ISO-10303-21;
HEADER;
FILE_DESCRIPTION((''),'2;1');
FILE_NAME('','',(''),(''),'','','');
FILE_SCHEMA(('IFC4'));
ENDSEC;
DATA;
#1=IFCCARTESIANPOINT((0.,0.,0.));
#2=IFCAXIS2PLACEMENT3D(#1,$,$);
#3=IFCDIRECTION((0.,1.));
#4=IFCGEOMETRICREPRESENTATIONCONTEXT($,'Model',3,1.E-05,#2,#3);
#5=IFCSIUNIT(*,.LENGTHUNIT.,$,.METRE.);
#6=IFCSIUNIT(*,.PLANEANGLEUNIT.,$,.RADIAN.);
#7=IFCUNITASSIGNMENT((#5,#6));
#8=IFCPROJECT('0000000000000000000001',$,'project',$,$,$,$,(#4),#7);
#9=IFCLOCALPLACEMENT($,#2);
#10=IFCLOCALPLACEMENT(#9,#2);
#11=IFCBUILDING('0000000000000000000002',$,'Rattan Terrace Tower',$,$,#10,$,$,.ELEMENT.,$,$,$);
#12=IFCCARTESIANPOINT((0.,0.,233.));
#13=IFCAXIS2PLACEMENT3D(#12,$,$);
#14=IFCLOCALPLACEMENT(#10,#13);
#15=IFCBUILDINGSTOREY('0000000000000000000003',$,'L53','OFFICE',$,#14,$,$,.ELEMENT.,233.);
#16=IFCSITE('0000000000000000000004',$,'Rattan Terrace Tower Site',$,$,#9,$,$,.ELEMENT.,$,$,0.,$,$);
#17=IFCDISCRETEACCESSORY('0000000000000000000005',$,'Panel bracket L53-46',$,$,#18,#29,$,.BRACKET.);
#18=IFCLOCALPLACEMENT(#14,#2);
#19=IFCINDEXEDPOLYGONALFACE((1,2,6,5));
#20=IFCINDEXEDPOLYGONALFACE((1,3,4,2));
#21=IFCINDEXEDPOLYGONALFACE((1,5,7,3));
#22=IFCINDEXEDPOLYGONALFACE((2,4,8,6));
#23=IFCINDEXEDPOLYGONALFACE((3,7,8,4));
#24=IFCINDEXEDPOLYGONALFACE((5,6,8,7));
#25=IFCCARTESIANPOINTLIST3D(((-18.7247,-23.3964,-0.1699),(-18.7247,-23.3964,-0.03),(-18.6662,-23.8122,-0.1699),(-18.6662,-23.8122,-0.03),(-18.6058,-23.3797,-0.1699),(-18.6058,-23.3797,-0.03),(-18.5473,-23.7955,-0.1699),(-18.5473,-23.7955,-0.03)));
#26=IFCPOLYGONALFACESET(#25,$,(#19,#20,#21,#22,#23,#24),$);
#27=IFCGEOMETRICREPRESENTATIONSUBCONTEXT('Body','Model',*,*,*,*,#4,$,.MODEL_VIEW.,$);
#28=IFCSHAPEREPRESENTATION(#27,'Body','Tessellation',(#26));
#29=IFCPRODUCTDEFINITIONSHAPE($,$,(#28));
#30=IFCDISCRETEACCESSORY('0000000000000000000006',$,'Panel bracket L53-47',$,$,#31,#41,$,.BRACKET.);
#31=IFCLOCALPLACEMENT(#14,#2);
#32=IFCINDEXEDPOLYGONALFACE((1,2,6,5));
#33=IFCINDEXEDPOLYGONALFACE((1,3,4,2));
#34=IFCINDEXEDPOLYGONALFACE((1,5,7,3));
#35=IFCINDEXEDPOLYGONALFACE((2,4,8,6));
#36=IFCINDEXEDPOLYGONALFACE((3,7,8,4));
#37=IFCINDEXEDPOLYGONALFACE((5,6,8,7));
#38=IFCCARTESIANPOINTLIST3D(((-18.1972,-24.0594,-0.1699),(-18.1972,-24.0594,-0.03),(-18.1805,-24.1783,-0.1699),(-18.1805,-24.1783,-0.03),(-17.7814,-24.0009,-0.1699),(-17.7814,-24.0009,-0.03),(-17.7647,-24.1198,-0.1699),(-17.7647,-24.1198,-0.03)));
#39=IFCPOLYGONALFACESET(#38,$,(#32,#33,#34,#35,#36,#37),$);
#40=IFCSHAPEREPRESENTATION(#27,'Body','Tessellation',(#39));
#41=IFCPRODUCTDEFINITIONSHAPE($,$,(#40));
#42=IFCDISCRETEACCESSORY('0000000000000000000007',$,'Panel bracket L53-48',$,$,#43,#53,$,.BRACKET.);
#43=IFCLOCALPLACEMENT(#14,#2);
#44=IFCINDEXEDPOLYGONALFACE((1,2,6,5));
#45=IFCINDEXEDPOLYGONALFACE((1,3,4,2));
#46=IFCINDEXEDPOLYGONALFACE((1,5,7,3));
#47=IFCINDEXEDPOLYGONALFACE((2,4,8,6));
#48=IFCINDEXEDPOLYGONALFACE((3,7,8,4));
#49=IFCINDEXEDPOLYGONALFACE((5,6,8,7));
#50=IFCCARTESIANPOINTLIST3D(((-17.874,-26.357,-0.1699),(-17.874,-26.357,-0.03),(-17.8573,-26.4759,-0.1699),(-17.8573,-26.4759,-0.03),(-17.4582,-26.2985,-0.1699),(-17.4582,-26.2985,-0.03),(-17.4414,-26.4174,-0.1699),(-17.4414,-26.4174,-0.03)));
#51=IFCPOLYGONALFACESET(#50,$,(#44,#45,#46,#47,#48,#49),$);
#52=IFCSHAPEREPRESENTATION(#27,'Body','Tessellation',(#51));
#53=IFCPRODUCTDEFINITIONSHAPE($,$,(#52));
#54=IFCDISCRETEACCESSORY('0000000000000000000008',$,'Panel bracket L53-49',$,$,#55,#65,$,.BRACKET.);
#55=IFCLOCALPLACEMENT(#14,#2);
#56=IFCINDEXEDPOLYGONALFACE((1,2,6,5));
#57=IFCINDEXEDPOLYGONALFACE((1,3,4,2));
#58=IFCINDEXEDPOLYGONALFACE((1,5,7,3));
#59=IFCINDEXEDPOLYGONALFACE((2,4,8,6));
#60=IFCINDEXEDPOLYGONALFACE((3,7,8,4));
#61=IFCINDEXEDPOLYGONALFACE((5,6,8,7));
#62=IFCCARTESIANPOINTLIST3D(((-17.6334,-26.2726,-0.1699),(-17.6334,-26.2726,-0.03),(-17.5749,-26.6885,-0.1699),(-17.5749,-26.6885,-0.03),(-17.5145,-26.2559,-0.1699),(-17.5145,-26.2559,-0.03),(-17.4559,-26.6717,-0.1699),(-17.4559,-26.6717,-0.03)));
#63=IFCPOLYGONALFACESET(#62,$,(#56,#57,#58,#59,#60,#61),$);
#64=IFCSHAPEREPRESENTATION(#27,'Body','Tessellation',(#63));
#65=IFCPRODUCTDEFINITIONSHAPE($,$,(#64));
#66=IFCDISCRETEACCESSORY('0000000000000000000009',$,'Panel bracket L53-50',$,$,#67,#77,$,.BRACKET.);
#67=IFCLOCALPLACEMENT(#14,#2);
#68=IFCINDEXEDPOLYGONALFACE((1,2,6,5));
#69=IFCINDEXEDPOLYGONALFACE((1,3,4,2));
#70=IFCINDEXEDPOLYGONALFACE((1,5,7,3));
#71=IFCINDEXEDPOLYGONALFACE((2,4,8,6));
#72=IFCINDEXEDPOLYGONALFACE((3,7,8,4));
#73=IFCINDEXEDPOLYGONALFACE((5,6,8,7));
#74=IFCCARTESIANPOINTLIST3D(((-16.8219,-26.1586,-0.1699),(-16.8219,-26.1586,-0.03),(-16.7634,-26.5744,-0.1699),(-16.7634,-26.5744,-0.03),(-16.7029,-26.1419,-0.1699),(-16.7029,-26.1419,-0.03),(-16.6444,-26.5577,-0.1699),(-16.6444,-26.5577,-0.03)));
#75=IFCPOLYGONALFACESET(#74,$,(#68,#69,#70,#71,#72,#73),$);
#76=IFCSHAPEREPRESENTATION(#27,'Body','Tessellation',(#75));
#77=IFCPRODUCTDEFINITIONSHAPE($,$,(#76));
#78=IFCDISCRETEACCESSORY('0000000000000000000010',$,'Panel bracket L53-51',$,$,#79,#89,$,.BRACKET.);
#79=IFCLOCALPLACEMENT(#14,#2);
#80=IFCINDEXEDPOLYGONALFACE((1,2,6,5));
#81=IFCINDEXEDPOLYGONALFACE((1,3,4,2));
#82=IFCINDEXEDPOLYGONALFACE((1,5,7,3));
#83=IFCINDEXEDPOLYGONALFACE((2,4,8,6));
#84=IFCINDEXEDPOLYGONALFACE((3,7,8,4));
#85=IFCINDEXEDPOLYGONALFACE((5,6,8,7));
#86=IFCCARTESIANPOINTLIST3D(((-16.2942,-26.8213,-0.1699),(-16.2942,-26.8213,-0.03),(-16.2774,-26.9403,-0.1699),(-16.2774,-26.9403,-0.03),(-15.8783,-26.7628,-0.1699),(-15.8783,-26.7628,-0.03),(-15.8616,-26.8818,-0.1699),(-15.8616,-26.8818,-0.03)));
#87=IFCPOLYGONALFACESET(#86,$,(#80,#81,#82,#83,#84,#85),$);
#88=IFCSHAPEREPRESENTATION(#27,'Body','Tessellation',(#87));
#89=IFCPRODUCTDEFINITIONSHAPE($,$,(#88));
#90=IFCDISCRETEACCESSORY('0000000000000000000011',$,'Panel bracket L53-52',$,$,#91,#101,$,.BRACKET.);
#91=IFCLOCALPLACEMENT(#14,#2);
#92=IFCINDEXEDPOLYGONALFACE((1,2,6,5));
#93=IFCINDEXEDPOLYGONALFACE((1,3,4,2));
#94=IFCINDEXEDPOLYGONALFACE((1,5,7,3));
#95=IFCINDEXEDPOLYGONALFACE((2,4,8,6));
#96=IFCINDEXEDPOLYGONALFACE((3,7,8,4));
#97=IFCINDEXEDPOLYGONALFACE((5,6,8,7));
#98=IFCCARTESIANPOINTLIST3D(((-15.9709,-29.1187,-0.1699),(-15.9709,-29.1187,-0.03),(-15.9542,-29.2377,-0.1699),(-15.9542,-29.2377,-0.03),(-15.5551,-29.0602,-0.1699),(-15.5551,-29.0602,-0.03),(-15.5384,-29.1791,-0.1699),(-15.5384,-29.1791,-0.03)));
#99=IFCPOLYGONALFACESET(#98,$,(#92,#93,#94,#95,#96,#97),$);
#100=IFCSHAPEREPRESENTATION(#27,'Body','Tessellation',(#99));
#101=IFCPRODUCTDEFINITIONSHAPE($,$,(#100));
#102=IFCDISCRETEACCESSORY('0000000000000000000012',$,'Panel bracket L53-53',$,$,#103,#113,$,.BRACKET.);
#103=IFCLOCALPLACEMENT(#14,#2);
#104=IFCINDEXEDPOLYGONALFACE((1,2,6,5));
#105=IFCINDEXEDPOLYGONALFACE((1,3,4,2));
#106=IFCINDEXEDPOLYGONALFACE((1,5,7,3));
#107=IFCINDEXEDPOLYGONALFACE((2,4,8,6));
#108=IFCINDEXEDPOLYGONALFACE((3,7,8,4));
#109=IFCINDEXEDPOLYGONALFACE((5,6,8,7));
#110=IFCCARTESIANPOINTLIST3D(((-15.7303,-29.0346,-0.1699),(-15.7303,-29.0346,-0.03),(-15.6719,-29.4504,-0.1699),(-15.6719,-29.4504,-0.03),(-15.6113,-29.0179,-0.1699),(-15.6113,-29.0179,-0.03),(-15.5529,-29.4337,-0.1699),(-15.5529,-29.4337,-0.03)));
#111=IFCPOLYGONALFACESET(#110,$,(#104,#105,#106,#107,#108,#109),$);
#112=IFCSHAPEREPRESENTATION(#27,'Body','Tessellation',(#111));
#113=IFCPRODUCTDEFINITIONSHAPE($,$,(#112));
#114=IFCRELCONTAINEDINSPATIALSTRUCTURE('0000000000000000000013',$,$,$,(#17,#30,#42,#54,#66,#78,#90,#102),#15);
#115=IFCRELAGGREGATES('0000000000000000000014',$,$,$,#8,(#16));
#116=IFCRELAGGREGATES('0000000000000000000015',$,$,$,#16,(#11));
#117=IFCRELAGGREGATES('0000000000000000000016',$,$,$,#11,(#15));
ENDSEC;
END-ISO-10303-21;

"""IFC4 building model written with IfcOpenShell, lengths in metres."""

from ifc_helpers import new_model, si_unit, direction, frame, origin, origin_2d, place, context, subcontext, project, spatial, rectangle, extrude, element, save


model = new_model("IFC4")

# Units and contexts
model_context = context("Model", 3, precision=1e-05, world=origin(), true_north=direction((0.0, 1.0)))
body_context = subcontext(model_context, "Body", "Model", "MODEL_VIEW")
ifc_project = project(units=[si_unit("LENGTHUNIT", "METRE"), si_unit("PLANEANGLEUNIT", "RADIAN")], contexts=[model_context])

# Site, building, storey
site_placement = place(None, origin())
site = spatial("IfcSite", under=ifc_project, at=site_placement, Name="Rattan Terrace Tower Site", CompositionType="ELEMENT", RefElevation=0.0)
building_placement = place(site_placement, origin())
building = spatial("IfcBuilding", under=site, at=building_placement, Name="Rattan Terrace Tower", CompositionType="ELEMENT")
storey_placement = place(building_placement, frame((0.0, 0.0, 233.0)))
storey = spatial("IfcBuildingStorey", under=building, at=storey_placement, Name="L53", Description="OFFICE", CompositionType="ELEMENT", Elevation=233.0)

# Discrete accessories
for number, where, z_axis, x_axis, name in (
    (1, (-18.636, -23.5959, -0.1699), (0.0, 0.0, 1.0), (0.990241, 0.139367, 0.0), "Panel bracket L53-46"),
    (2, (-17.981, -24.0896, -0.1699), (0.0, 0.0, 1.0), (0.139321, -0.990247, 0.0), "Panel bracket L53-47"),
    (3, (-17.6577, -26.3872, -0.1699), (0.0, 0.0, 1.0), (0.139321, -0.990247, 0.0), "Panel bracket L53-48"),
    (4, (-17.5447, -26.4722, -0.1699), (0.0, 0.0, 1.0), (0.990241, 0.139367, 0.0), "Panel bracket L53-49"),
    (5, (-16.7332, -26.3582, -0.1699), (0.0, 0.0, 1.0), (0.990241, 0.139367, 0.0), "Panel bracket L53-50"),
    (6, (-16.0779, -26.8516, -0.1699), (0.0, 0.0, 1.0), (0.139321, -0.990247, 0.0), "Panel bracket L53-51"),
    (7, (-15.7546, -29.1489, -0.1699), (0.0, 0.0, 1.0), (0.139321, -0.990247, 0.0), "Panel bracket L53-52"),
    (8, (-15.6416, -29.2341, -0.1699), (0.0, 0.0, 1.0), (0.990293, 0.138994, 0.0), "Panel bracket L53-53"),
):
    element("IfcDiscreteAccessory", number, at=place(storey_placement, frame(where, z_axis=z_axis, x_axis=x_axis)), inside=storey, Name=name, PredefinedType="BRACKET", context=body_context, shape_type="SweptSolid", body=[
        extrude(rectangle(XDim=0.1201, YDim=0.4199, at=origin_2d()), origin(), (0.0, 0.0, 1.0), 0.1399),
    ])

save(model, "model.ifc")
